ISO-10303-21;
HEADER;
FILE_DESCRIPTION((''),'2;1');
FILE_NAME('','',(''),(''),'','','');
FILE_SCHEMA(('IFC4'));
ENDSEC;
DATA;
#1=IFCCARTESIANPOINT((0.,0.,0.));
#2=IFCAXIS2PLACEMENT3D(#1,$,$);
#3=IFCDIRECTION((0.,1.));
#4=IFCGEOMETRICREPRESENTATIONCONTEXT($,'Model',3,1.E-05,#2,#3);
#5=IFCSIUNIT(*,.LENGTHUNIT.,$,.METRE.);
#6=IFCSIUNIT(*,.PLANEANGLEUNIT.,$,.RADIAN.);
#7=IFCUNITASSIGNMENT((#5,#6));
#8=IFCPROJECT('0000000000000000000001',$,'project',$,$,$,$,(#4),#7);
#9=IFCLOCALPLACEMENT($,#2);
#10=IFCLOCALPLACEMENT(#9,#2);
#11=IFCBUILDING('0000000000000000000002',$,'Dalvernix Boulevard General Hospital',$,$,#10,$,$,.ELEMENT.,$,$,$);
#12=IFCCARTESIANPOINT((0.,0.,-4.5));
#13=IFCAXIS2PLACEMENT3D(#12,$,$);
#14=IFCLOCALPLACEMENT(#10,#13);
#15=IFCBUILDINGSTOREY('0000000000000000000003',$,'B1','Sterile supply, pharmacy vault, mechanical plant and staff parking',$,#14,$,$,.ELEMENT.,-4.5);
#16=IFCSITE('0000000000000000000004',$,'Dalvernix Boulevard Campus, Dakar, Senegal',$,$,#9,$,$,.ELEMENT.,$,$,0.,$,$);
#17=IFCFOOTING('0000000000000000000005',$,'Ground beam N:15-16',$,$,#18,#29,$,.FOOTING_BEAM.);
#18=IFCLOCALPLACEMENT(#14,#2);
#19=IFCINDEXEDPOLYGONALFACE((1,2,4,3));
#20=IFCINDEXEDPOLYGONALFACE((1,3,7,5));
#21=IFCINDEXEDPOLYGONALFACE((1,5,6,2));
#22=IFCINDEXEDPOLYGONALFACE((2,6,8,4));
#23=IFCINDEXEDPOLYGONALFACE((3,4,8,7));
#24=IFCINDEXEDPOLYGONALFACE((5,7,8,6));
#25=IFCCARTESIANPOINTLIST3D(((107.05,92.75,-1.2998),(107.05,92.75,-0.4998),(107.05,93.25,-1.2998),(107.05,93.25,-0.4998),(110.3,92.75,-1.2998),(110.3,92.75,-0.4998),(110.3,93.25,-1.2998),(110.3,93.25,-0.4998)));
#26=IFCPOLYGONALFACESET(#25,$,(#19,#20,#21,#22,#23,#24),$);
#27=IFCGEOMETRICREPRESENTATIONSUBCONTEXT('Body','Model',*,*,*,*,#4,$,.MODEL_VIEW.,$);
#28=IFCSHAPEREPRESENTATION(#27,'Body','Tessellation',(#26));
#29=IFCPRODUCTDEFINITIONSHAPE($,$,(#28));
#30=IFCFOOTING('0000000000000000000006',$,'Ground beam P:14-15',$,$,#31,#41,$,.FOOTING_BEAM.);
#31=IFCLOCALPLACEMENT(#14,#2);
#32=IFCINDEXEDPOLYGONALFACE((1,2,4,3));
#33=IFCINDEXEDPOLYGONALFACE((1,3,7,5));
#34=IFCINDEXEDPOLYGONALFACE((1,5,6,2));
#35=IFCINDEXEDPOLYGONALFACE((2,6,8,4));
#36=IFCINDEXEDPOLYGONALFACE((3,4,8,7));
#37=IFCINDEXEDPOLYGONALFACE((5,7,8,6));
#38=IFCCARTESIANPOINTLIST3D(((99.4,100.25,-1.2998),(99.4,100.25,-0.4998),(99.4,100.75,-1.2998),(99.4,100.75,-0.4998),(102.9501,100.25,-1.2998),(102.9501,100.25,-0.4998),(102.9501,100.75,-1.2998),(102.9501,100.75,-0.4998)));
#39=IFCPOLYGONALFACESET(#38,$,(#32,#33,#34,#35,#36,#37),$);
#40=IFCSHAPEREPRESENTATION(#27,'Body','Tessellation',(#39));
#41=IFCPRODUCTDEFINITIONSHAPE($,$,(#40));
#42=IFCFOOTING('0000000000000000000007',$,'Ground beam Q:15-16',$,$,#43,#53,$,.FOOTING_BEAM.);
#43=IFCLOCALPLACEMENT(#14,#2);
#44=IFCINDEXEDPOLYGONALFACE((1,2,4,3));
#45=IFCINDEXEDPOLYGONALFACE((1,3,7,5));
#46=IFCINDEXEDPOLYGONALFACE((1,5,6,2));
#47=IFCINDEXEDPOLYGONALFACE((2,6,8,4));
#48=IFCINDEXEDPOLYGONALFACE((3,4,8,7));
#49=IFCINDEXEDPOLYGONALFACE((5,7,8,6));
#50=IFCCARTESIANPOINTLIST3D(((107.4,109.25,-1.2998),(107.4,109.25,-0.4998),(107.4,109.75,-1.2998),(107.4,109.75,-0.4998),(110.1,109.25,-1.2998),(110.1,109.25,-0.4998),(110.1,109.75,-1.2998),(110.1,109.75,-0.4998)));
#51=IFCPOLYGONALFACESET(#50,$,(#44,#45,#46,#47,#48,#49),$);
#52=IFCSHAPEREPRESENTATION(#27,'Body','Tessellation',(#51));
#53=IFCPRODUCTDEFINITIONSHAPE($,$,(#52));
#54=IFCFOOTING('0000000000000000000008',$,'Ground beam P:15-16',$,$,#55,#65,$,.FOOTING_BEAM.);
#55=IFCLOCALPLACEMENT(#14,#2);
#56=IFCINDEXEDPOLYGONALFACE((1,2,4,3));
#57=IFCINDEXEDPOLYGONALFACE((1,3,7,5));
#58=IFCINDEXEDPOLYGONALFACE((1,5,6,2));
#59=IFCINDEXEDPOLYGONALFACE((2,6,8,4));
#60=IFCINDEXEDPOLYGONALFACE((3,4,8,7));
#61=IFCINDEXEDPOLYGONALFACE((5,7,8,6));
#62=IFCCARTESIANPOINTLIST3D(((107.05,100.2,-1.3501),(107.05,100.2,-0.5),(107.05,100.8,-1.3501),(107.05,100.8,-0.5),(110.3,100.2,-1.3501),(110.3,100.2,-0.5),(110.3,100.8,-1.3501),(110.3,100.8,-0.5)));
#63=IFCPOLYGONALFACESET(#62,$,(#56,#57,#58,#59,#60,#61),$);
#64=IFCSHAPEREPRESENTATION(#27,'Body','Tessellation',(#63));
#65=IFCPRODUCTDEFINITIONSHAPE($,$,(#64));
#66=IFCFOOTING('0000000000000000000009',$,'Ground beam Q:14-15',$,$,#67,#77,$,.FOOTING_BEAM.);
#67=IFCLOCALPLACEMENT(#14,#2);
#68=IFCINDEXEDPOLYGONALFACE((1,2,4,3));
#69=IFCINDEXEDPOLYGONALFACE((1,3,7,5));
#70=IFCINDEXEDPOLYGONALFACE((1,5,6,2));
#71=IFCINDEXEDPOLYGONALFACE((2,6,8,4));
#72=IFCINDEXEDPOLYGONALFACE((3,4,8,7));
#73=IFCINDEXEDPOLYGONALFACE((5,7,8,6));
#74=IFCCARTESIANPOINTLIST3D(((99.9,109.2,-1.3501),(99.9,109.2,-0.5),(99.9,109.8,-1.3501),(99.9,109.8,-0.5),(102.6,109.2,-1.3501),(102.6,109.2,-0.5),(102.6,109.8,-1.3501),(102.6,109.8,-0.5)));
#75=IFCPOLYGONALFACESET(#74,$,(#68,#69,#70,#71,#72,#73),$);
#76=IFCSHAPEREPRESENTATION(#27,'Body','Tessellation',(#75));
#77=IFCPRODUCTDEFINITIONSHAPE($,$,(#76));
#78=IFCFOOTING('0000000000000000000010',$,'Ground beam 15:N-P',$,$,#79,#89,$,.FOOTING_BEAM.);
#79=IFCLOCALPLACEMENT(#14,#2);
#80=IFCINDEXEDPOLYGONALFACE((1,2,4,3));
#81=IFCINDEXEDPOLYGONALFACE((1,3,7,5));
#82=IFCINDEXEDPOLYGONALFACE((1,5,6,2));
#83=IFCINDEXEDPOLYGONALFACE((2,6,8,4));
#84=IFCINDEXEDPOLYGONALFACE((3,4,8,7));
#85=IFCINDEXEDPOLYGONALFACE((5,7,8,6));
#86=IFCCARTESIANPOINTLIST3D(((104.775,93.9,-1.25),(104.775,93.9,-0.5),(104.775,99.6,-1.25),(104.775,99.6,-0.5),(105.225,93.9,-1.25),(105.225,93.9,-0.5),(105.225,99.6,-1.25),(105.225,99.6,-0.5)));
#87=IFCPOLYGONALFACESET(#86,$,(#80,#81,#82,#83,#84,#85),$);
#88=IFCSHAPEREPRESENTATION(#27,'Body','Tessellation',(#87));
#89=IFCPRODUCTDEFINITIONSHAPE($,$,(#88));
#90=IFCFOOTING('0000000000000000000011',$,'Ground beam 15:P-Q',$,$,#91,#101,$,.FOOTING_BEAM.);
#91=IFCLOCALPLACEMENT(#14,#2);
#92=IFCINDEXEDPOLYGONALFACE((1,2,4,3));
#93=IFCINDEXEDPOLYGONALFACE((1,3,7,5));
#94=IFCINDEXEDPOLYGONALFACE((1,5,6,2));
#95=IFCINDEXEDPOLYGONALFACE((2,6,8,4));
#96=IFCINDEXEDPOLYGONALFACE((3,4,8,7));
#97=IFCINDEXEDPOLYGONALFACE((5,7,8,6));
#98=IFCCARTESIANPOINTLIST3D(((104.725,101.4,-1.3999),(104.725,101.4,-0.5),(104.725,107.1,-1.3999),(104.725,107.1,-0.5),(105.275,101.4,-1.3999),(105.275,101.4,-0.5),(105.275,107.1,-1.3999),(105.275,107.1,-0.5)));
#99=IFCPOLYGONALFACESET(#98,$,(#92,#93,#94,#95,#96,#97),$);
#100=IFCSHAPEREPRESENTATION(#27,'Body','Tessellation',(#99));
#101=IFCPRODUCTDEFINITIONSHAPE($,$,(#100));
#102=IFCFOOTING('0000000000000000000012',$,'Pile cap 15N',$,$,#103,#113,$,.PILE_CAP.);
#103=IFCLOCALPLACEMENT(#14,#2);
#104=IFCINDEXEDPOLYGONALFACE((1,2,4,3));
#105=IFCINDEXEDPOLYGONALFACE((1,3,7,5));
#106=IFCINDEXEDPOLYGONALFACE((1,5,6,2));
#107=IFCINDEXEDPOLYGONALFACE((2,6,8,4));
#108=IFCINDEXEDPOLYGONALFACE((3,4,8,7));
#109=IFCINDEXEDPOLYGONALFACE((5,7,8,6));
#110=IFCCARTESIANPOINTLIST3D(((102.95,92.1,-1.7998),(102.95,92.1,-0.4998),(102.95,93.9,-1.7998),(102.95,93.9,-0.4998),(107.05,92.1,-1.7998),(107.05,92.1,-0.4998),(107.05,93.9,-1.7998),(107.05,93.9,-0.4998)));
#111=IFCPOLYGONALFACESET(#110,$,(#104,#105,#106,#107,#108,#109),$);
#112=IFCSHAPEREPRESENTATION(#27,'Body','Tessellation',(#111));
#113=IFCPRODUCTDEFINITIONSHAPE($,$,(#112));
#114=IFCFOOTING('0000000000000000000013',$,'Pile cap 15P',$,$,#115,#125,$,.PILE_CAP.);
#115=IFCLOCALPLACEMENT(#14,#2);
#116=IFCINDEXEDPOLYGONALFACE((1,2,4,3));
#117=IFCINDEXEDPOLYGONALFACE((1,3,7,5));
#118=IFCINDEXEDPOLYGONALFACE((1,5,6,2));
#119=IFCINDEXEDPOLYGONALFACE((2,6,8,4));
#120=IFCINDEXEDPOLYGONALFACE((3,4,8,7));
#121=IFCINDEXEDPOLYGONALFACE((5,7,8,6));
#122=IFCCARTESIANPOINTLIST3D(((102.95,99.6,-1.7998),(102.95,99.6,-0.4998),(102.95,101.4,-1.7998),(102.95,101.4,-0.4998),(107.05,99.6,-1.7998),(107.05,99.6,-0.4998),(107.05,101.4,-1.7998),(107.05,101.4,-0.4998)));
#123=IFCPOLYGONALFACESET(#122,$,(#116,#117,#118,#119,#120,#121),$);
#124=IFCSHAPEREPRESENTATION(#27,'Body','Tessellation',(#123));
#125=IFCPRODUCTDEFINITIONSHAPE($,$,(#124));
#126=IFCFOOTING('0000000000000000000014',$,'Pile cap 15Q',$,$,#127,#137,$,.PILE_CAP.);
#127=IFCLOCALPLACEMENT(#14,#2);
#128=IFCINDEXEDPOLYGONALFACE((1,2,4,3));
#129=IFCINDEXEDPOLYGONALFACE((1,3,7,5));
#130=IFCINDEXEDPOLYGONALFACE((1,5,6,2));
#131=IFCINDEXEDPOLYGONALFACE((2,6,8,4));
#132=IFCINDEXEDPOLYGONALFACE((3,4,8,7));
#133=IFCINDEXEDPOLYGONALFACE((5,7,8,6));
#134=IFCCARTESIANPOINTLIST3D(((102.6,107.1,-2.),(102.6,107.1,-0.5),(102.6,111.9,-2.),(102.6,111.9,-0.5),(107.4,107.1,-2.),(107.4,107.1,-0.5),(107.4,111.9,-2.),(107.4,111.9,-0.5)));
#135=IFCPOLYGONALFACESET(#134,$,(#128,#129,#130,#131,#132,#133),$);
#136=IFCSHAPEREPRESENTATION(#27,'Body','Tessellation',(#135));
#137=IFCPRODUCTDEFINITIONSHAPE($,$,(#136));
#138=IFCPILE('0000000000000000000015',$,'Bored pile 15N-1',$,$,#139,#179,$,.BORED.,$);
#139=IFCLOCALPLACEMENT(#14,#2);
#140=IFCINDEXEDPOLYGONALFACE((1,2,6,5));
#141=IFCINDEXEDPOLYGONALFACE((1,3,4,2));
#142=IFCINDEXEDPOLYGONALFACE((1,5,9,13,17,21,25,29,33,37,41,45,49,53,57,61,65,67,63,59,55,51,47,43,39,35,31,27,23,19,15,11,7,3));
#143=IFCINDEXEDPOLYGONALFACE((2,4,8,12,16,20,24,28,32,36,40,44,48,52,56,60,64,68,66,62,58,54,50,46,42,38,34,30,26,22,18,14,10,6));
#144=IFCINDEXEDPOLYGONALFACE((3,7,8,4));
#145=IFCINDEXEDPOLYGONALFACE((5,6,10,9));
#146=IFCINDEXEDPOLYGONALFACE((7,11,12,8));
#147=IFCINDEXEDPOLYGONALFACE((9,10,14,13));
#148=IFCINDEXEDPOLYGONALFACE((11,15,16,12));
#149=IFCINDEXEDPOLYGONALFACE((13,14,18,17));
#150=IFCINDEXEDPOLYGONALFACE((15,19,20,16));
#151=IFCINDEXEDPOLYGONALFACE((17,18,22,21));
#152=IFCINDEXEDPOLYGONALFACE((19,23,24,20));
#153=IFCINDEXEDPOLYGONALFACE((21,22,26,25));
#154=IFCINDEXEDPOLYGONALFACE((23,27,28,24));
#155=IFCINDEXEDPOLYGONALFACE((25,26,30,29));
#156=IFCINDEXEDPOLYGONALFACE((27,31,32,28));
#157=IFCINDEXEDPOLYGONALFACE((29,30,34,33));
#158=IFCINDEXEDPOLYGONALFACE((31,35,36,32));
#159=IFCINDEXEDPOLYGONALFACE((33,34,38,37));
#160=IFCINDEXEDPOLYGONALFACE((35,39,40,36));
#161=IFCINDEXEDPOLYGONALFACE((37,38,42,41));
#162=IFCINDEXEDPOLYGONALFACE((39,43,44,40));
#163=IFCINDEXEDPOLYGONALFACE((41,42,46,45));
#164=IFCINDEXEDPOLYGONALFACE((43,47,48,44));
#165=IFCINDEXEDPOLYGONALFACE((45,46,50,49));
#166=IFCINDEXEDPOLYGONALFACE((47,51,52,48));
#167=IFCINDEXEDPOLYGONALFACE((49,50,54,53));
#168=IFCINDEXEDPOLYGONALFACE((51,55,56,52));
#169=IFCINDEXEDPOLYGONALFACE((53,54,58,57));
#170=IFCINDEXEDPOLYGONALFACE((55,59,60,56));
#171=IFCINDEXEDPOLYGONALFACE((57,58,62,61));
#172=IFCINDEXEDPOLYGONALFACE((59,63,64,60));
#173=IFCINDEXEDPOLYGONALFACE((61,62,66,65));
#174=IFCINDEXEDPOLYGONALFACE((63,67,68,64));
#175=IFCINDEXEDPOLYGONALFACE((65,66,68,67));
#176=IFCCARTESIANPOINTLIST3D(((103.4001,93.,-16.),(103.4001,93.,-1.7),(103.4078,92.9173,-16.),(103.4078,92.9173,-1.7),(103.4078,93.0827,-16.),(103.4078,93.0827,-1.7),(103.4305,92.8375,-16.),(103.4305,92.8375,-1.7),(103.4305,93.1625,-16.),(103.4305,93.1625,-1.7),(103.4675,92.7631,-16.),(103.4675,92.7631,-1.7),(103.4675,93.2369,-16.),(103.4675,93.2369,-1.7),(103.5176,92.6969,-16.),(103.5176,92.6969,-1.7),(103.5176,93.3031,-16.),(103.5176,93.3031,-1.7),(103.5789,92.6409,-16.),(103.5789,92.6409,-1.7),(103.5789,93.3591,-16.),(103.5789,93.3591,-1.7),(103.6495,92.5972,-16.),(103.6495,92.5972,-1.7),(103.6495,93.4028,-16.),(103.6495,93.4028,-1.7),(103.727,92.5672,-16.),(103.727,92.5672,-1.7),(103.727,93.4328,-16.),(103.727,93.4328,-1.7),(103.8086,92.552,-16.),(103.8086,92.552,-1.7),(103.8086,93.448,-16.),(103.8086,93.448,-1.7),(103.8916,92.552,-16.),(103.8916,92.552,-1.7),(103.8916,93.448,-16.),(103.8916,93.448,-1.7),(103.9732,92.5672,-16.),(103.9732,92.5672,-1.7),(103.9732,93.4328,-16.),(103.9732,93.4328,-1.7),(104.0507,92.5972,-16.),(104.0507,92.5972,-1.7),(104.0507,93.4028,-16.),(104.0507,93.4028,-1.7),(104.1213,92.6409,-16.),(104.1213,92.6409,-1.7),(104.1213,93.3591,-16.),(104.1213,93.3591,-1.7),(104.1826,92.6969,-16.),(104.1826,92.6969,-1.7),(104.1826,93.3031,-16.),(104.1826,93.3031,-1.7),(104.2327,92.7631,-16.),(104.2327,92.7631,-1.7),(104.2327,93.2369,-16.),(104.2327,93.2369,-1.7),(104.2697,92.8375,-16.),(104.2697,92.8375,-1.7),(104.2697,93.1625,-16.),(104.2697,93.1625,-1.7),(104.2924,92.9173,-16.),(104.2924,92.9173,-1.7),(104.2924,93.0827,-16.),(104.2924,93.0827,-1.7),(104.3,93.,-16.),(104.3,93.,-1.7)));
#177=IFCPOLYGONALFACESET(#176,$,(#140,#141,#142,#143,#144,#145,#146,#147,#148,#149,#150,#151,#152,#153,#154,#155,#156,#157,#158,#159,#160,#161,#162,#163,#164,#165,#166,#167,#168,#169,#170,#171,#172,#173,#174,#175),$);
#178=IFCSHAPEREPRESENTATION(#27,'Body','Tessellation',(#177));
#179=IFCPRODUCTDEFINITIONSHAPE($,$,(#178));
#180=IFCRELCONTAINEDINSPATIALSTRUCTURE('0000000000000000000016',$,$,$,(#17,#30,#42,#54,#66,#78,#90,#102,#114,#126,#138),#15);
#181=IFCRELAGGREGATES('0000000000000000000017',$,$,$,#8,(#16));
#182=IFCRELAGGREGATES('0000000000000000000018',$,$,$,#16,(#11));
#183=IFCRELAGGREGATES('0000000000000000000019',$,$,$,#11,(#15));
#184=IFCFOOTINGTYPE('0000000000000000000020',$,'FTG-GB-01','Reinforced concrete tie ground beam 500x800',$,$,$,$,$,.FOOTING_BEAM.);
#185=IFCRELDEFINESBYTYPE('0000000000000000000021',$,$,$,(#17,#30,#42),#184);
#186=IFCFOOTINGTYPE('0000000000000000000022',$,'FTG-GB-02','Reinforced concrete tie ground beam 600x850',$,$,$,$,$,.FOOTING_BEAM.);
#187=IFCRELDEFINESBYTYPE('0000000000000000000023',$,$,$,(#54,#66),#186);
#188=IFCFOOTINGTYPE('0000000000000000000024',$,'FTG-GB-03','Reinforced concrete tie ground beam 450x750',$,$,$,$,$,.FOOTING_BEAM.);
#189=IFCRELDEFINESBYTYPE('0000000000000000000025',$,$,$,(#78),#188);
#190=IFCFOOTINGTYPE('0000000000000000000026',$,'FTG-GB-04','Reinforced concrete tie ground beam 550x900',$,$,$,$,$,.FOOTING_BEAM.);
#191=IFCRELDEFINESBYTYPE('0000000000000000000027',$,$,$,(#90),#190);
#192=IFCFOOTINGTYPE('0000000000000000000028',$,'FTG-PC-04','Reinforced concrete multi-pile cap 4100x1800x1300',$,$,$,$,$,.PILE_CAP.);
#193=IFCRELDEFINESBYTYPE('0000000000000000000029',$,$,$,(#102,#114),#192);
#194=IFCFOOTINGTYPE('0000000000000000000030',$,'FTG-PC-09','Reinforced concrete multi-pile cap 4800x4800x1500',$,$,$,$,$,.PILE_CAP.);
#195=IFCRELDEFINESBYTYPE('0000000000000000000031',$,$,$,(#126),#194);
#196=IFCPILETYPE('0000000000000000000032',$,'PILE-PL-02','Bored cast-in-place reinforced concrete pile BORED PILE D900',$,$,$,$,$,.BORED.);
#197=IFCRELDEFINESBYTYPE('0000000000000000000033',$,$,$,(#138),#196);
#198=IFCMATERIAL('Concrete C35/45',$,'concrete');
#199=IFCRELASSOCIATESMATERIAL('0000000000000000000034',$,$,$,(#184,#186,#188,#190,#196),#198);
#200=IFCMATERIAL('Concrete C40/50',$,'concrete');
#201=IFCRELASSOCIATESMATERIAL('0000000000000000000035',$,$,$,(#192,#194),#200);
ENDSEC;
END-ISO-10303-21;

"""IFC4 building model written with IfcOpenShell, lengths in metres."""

from ifc_helpers import new_model, si_unit, direction, frame, origin, origin_2d, place, context, subcontext, project, spatial, rectangle, circle, extrude, material, material_profile, profile_set, type_object, element, save


model = new_model("IFC4")

# Units and contexts
model_context = context("Model", 3, precision=1e-05, world=origin(), true_north=direction((0.0, 1.0)))
body_context = subcontext(model_context, "Body", "Model", "MODEL_VIEW")
ifc_project = project(units=[si_unit("LENGTHUNIT", "METRE"), si_unit("PLANEANGLEUNIT", "RADIAN")], contexts=[model_context])

# Site, building, storey
site_placement = place(None, origin())
site = spatial("IfcSite", under=ifc_project, at=site_placement, Name="Dalvernix Boulevard Campus, Dakar, Senegal", CompositionType="ELEMENT", RefElevation=0.0)
building_placement = place(site_placement, origin())
building = spatial("IfcBuilding", under=site, at=building_placement, Name="Dalvernix Boulevard General Hospital", CompositionType="ELEMENT")
storey_placement = place(building_placement, frame((0.0, 0.0, -4.5)))
storey = spatial("IfcBuildingStorey", under=building, at=storey_placement, Name="B1", Description="Sterile supply, pharmacy vault, mechanical plant and staff parking", CompositionType="ELEMENT", Elevation=-4.5)

# Footings
ifc_material_1 = material(Name="Concrete C35/45", Category="concrete")
footing_type_1 = type_object("IfcFootingType", Name="FTG-GB-01", Description="Reinforced concrete tie ground beam 500x800", PredefinedType="FOOTING_BEAM", material=ifc_material_1)
footing_1_placement = place(storey_placement, frame((108.675, 93.0, -1.2998), z_axis=(0.0, 0.0, 1.0), x_axis=(1.0, 0.0, 0.0)))
element("IfcFooting", 1, at=footing_1_placement, inside=storey, type_object=footing_type_1, Name="Ground beam N:15-16", PredefinedType="FOOTING_BEAM", context=body_context, shape_type="SweptSolid", body=[
    extrude(rectangle(XDim=3.25, YDim=0.5, at=origin_2d()), origin(), (0.0, 0.0, 1.0), 0.8),
])
footing_2_placement = place(storey_placement, frame((101.175, 100.5, -1.2998), z_axis=(0.0, 0.0, 1.0), x_axis=(1.0, 0.0, 0.0)))
element("IfcFooting", 2, at=footing_2_placement, inside=storey, type_object=footing_type_1, Name="Ground beam P:14-15", PredefinedType="FOOTING_BEAM", context=body_context, shape_type="SweptSolid", body=[
    extrude(rectangle(XDim=3.55, YDim=0.5, at=origin_2d()), origin(), (0.0, 0.0, 1.0), 0.8),
])
footing_3_placement = place(storey_placement, frame((108.75, 109.5, -1.2998), z_axis=(0.0, 0.0, 1.0), x_axis=(1.0, 0.0, 0.0)))
element("IfcFooting", 3, at=footing_3_placement, inside=storey, type_object=footing_type_1, Name="Ground beam Q:15-16", PredefinedType="FOOTING_BEAM", context=body_context, shape_type="SweptSolid", body=[
    extrude(rectangle(XDim=2.7, YDim=0.5, at=origin_2d()), origin(), (0.0, 0.0, 1.0), 0.8),
])
footing_type_2 = type_object("IfcFootingType", Name="FTG-GB-02", Description="Reinforced concrete tie ground beam 600x850", PredefinedType="FOOTING_BEAM", material=ifc_material_1)
footing_4_placement = place(storey_placement, frame((108.675, 100.5, -1.3501), z_axis=(0.0, 0.0, 1.0), x_axis=(1.0, 0.0, 0.0)))
element("IfcFooting", 4, at=footing_4_placement, inside=storey, type_object=footing_type_2, Name="Ground beam P:15-16", PredefinedType="FOOTING_BEAM", context=body_context, shape_type="SweptSolid", body=[
    extrude(rectangle(XDim=3.25, YDim=0.6001, at=origin_2d()), origin(), (0.0, 0.0, 1.0), 0.8501),
])
footing_5_placement = place(storey_placement, frame((101.25, 109.5, -1.3501), z_axis=(0.0, 0.0, 1.0), x_axis=(1.0, 0.0, 0.0)))
element("IfcFooting", 5, at=footing_5_placement, inside=storey, type_object=footing_type_2, Name="Ground beam Q:14-15", PredefinedType="FOOTING_BEAM", context=body_context, shape_type="SweptSolid", body=[
    extrude(rectangle(XDim=2.7, YDim=0.6001, at=origin_2d()), origin(), (0.0, 0.0, 1.0), 0.8501),
])
footing_type_3 = type_object("IfcFootingType", Name="FTG-GB-03", Description="Reinforced concrete tie ground beam 450x750", PredefinedType="FOOTING_BEAM", material=ifc_material_1)
footing_6_placement = place(storey_placement, frame((105.0, 96.75, -1.25), z_axis=(0.0, 0.0, 1.0), x_axis=(0.0, 1.0, 0.0)))
element("IfcFooting", 6, at=footing_6_placement, inside=storey, type_object=footing_type_3, Name="Ground beam 15:N-P", PredefinedType="FOOTING_BEAM", context=body_context, shape_type="SweptSolid", body=[
    extrude(rectangle(XDim=5.7, YDim=0.45, at=origin_2d()), origin(), (0.0, 0.0, 1.0), 0.75),
])
footing_type_4 = type_object("IfcFootingType", Name="FTG-GB-04", Description="Reinforced concrete tie ground beam 550x900", PredefinedType="FOOTING_BEAM", material=ifc_material_1)
footing_7_placement = place(storey_placement, frame((105.0, 104.25, -1.3999), z_axis=(0.0, 0.0, 1.0), x_axis=(0.0, 1.0, 0.0)))
element("IfcFooting", 7, at=footing_7_placement, inside=storey, type_object=footing_type_4, Name="Ground beam 15:P-Q", PredefinedType="FOOTING_BEAM", context=body_context, shape_type="SweptSolid", body=[
    extrude(rectangle(XDim=5.7, YDim=0.55, at=origin_2d()), origin(), (0.0, 0.0, 1.0), 0.8999),
])
ifc_material_2 = material(Name="Concrete C40/50", Category="concrete")
footing_type_5 = type_object("IfcFootingType", Name="FTG-PC-04", Description="Reinforced concrete multi-pile cap 4100x1800x1300", PredefinedType="PILE_CAP", material=ifc_material_2)
for number, where, z_axis, x_axis, name in (
    (8, (105.0, 93.0, -1.7998), (0.0, 0.0, 1.0), (1.0, 0.0, 0.0), "Pile cap 15N"),
    (9, (105.0, 100.5, -1.7998), (0.0, 0.0, 1.0), (1.0, 0.0, 0.0), "Pile cap 15P"),
):
    element("IfcFooting", number, at=place(storey_placement, frame(where, z_axis=z_axis, x_axis=x_axis)), inside=storey, type_object=footing_type_5, Name=name, PredefinedType="PILE_CAP", context=body_context, shape_type="SweptSolid", body=[
        extrude(rectangle(XDim=4.1001, YDim=1.8, at=origin_2d()), origin(), (0.0, 0.0, 1.0), 1.3),
    ])
footing_type_6 = type_object("IfcFootingType", Name="FTG-PC-09", Description="Reinforced concrete multi-pile cap 4800x4800x1500", PredefinedType="PILE_CAP", material=ifc_material_2)
footing_8_placement = place(storey_placement, frame((105.0, 109.5, -2.0), z_axis=(0.0, 0.0, 1.0), x_axis=(1.0, 0.0, 0.0)))
element("IfcFooting", 10, at=footing_8_placement, inside=storey, type_object=footing_type_6, Name="Pile cap 15Q", PredefinedType="PILE_CAP", context=body_context, shape_type="SweptSolid", body=[
    extrude(rectangle(XDim=4.8, YDim=4.8, at=origin_2d()), origin(), (0.0, 0.0, 1.0), 1.5),
])

# Pile
ifc_material_profile_1 = material_profile(ifc_material_1, circle(Radius=0.45, at=origin_2d()), Name="BORED PILE D900")
ifc_profile_set_1 = profile_set([ifc_material_profile_1], Name="Concrete C35/45")
pile_type_1 = type_object("IfcPileType", Name="PILE-PL-02", Description="Bored cast-in-place reinforced concrete pile BORED PILE D900", PredefinedType="BORED", material=ifc_profile_set_1)
for number, where, z_axis, x_axis, name in (
    (11, (103.8501, 93.0, -1.7), (0.0, 0.0, -1.0), (1.0, 0.0, 0.0), "Bored pile 15N-1"),
):
    element("IfcPile", number, at=place(storey_placement, frame(where, z_axis=z_axis, x_axis=x_axis)), inside=storey, type_object=pile_type_1, Name=name, PredefinedType="BORED", context=body_context, shape_type="SweptSolid", body=[
        extrude(circle(Radius=0.45, at=origin_2d()), origin(), (0.0, 0.0, 1.0), 14.3),
    ])

save(model, "model.ifc")
